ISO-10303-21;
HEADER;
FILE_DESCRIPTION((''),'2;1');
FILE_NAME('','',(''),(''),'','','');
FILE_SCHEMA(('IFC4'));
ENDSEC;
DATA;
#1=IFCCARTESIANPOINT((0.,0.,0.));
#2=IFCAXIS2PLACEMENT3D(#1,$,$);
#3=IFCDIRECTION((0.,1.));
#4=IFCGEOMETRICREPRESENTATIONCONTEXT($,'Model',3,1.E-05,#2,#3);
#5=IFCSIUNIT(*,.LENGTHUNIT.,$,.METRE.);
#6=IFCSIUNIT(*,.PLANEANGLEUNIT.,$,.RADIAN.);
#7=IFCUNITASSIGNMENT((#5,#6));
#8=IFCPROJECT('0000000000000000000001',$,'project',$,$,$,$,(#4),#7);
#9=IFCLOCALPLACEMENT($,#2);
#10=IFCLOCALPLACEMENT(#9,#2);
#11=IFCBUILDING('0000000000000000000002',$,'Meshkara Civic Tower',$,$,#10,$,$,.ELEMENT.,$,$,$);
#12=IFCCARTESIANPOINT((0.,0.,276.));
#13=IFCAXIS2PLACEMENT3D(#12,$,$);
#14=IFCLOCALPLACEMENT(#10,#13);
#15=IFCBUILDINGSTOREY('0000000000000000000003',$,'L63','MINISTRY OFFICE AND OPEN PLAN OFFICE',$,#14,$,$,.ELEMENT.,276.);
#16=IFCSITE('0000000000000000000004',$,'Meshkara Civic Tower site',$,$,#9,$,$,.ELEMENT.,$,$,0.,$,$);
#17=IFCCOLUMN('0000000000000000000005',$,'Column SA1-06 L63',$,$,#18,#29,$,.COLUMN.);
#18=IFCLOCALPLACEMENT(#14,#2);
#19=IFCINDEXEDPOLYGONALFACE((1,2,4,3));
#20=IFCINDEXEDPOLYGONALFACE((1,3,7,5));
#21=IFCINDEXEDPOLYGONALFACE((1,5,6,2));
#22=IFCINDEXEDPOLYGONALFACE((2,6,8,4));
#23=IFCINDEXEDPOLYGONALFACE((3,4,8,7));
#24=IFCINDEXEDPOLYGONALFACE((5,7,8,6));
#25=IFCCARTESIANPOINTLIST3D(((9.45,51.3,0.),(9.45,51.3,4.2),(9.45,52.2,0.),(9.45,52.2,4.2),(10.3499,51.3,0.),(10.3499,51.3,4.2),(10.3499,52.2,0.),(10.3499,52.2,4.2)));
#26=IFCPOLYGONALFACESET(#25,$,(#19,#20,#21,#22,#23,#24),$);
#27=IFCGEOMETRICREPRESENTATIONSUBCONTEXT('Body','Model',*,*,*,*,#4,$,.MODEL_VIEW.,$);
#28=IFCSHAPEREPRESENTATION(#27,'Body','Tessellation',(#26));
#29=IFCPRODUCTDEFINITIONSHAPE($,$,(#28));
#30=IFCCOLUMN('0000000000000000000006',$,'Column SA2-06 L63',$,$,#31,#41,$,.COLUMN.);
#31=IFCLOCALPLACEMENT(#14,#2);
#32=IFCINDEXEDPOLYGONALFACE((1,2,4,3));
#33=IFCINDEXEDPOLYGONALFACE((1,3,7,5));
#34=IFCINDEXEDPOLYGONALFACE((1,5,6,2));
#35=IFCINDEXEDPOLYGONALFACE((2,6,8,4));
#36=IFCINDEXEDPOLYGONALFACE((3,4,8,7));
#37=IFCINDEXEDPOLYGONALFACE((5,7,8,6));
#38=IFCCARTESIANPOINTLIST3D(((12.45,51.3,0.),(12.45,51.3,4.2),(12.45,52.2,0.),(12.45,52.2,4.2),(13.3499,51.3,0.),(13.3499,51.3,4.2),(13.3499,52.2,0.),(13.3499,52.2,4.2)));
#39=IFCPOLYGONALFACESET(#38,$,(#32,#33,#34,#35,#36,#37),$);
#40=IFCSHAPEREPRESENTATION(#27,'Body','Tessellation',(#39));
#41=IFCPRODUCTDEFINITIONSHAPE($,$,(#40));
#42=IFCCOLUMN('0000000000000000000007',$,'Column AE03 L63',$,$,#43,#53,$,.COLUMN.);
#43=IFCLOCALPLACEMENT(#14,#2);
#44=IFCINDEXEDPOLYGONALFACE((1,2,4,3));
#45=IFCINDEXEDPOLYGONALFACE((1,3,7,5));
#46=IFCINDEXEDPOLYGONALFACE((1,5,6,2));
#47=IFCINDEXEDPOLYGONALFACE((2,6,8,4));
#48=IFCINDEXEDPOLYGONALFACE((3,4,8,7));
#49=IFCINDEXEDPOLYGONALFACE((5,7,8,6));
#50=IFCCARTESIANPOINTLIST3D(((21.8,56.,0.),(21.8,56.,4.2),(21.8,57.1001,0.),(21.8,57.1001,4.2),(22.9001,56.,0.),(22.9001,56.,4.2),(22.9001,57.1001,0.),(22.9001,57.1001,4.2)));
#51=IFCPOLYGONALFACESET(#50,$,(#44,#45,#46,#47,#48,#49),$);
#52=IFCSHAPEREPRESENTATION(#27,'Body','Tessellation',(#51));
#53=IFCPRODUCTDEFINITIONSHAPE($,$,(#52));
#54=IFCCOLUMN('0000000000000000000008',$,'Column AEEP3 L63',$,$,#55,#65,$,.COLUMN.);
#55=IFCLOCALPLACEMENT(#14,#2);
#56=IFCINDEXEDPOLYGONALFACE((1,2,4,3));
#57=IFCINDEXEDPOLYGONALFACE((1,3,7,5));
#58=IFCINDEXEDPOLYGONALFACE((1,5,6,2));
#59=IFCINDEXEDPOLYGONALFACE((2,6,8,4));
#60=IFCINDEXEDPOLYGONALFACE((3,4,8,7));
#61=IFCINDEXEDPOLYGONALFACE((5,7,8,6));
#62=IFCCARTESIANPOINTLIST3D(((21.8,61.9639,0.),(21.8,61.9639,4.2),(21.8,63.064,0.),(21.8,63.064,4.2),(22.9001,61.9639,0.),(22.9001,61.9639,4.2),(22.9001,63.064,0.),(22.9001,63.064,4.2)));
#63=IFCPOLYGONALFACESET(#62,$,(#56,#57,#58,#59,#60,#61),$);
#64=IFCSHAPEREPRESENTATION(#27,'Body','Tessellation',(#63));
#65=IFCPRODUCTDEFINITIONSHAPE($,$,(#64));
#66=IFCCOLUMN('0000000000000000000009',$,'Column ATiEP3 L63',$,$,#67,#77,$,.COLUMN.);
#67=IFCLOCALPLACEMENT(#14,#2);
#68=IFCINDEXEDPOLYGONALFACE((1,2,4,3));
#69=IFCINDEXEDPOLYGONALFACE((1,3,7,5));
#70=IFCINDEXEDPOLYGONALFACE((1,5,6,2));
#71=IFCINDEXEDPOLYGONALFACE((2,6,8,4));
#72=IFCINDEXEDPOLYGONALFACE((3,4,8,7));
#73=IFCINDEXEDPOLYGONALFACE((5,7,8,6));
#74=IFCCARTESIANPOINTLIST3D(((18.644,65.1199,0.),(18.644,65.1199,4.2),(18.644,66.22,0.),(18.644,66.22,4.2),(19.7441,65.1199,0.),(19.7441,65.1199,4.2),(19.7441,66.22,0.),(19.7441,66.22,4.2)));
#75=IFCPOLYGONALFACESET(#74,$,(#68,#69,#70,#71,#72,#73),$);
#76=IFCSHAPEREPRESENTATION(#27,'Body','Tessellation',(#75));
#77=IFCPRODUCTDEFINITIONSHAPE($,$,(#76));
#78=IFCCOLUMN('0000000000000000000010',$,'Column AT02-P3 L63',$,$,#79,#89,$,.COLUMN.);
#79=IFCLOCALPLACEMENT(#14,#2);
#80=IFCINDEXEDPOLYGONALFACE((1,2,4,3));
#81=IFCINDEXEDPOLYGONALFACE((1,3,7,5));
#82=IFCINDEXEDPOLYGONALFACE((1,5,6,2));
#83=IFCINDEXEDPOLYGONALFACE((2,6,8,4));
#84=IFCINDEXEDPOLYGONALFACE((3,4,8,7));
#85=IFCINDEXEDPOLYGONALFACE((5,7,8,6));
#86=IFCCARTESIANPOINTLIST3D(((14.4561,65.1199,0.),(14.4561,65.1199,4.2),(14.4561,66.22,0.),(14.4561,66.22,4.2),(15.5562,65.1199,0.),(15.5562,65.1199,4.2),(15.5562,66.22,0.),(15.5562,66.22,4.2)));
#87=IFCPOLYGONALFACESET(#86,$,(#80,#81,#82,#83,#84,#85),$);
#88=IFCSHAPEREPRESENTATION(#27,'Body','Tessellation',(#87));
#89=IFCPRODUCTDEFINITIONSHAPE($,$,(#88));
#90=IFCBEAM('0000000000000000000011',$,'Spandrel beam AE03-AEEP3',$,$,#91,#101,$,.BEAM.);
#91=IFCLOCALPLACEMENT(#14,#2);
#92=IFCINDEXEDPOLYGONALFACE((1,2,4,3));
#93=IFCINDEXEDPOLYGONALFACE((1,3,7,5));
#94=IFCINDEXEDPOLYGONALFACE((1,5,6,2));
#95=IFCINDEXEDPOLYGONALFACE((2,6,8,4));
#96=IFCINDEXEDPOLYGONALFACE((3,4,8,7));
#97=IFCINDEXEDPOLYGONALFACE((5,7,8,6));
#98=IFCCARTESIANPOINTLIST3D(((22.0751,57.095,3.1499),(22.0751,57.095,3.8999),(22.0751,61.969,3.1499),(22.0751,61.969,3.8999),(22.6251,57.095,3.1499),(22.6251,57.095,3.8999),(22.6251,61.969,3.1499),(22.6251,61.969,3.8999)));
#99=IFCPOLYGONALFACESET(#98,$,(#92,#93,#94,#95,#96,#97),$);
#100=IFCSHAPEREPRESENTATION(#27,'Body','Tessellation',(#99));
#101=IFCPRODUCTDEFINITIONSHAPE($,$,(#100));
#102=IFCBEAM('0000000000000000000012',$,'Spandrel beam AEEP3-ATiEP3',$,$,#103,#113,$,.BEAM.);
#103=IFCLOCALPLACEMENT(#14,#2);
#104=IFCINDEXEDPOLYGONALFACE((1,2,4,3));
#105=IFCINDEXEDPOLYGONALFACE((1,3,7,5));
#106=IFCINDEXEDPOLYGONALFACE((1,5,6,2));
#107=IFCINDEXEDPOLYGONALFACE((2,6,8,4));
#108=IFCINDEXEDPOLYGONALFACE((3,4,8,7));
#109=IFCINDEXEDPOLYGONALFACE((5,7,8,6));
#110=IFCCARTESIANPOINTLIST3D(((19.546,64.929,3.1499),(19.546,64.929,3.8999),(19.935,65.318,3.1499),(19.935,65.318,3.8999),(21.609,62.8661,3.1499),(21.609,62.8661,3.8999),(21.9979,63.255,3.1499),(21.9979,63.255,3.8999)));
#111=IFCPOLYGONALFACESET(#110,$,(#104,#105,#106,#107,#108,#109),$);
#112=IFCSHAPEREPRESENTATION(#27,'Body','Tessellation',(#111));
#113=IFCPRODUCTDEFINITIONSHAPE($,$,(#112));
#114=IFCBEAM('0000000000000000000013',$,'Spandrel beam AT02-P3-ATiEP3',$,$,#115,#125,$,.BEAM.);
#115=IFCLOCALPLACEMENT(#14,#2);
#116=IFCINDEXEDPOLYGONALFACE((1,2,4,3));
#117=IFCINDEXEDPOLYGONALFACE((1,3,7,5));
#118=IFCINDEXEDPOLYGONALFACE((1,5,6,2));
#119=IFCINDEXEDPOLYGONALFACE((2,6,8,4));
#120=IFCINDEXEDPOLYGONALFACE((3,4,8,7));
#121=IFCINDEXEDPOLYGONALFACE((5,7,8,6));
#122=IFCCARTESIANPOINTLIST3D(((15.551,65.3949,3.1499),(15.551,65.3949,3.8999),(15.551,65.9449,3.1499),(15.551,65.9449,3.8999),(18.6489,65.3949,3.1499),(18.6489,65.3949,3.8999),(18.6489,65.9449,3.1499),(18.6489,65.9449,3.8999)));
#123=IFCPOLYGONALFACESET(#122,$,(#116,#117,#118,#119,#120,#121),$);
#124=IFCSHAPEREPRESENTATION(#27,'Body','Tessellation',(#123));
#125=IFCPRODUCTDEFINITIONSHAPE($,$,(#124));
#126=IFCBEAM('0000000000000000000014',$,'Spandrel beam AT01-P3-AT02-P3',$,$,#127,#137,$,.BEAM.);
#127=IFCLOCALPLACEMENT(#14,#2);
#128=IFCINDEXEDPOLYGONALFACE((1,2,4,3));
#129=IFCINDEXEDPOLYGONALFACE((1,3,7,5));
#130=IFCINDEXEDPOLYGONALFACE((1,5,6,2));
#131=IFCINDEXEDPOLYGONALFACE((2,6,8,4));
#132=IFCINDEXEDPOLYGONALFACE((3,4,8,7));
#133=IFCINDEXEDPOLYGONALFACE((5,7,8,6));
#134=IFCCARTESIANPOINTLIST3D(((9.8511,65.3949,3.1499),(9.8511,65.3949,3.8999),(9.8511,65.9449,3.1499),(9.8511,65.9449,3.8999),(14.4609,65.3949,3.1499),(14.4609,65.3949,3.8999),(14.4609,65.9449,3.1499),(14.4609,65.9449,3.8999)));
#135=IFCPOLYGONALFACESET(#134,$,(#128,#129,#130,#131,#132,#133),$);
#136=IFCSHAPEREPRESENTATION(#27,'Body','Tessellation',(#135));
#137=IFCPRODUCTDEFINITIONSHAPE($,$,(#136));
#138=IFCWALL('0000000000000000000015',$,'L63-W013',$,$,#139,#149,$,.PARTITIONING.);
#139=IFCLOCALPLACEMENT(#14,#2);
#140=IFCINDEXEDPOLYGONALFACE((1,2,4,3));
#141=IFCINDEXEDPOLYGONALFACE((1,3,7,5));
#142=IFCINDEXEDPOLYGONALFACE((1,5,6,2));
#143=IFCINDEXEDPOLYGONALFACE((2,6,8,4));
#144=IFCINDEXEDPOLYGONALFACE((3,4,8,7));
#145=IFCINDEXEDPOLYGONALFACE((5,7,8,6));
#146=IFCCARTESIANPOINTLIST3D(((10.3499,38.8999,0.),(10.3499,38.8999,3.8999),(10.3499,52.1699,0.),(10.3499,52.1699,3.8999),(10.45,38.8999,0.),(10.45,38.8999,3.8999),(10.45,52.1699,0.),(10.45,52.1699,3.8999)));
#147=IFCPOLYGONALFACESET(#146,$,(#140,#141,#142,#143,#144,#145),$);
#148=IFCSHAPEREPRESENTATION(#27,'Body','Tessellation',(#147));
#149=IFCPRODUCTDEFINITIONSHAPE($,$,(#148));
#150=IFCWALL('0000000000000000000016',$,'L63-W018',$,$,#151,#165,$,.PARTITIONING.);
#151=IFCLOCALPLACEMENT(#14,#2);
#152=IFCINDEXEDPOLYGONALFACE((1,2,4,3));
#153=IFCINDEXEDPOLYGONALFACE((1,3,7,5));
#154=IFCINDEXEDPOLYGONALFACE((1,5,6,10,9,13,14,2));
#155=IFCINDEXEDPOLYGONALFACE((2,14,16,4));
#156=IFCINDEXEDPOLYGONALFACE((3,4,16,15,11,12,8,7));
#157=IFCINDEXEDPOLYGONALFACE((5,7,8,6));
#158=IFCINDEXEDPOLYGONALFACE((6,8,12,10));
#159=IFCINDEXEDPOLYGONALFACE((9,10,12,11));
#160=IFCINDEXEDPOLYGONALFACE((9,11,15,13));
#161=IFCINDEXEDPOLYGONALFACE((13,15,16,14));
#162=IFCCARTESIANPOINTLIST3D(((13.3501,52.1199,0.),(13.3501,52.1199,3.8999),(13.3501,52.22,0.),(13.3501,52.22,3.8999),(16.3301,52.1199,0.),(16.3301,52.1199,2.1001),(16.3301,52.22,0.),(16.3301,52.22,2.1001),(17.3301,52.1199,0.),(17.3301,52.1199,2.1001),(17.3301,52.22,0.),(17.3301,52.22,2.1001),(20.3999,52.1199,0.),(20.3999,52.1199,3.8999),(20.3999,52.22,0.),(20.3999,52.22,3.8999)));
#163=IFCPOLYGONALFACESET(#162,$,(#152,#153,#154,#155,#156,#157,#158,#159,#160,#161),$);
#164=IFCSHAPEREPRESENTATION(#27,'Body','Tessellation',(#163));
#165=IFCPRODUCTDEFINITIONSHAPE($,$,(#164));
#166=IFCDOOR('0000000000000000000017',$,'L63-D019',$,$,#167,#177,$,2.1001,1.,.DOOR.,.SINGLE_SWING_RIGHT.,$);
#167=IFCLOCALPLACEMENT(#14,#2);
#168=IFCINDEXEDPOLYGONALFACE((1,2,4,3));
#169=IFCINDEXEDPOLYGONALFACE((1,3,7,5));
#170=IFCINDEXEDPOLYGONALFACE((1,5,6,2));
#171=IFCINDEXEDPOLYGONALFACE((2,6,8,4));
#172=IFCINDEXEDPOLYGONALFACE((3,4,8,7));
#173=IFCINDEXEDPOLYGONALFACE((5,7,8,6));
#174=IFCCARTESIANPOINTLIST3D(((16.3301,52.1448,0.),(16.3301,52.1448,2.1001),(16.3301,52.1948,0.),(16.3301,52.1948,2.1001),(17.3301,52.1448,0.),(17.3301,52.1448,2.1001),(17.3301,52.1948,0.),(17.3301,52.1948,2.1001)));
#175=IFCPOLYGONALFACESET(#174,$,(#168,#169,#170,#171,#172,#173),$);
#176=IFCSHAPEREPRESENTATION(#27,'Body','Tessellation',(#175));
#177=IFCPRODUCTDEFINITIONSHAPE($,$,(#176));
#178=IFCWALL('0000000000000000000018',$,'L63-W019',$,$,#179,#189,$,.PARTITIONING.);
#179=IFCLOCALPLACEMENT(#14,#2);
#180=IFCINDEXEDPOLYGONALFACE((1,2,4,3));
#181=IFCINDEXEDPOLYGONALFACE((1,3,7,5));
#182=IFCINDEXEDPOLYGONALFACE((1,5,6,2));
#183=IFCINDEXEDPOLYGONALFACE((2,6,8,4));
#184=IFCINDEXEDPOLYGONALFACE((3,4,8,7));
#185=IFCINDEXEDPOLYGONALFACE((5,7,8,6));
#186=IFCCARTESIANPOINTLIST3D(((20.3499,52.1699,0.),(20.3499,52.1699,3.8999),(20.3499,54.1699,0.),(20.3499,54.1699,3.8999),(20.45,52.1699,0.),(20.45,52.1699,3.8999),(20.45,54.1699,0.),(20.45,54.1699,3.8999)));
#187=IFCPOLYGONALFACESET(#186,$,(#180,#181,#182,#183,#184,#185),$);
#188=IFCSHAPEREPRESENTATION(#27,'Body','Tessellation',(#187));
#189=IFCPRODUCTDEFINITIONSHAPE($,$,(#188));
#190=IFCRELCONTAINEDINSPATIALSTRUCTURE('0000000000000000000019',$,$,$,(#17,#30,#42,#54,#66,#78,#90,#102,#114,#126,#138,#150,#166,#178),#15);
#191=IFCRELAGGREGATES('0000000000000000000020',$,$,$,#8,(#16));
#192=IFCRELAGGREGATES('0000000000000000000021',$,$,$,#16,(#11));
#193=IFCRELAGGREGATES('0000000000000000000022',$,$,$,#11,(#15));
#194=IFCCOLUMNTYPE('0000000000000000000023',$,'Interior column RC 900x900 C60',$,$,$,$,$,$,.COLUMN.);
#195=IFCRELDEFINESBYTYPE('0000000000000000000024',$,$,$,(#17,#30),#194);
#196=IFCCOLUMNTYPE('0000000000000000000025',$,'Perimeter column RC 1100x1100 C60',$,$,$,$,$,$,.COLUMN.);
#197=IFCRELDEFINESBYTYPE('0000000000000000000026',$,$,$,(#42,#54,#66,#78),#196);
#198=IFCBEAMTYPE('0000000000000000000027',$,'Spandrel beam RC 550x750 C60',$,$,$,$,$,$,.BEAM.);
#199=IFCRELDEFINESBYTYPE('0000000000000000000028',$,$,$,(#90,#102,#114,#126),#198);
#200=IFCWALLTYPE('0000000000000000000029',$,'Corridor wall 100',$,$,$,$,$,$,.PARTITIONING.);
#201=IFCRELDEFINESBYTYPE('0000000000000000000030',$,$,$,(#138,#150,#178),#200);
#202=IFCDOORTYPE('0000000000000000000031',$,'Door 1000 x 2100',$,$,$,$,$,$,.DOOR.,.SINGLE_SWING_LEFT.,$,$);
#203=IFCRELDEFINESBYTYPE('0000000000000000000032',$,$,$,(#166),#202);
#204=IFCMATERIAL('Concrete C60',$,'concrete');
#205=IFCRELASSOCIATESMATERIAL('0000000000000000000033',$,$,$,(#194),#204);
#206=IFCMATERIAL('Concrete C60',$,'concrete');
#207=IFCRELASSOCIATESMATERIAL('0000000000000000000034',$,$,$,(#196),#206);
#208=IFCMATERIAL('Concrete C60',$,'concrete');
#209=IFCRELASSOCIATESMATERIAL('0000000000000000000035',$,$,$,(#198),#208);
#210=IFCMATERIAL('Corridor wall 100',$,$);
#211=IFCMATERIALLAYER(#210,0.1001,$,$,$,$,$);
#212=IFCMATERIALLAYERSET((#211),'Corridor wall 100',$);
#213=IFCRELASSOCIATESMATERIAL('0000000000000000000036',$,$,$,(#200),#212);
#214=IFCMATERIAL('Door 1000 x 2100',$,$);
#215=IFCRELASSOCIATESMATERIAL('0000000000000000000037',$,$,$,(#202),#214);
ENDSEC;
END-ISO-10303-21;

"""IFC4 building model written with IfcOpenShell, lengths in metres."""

from ifc_helpers import new_model, si_unit, direction, frame, frame_2d, origin, origin_2d, place, context, subcontext, project, spatial, rectangle, extrude, material, layer, layer_set, material_profile, profile_set, type_object, element, fill, save


model = new_model("IFC4")

# Units and contexts
model_context = context("Model", 3, precision=1e-05, world=origin(), true_north=direction((0.0, 1.0)))
body_context = subcontext(model_context, "Body", "Model", "MODEL_VIEW")
ifc_project = project(units=[si_unit("LENGTHUNIT", "METRE"), si_unit("PLANEANGLEUNIT", "RADIAN")], contexts=[model_context])

# Site, building, storey
site_placement = place(None, origin())
site = spatial("IfcSite", under=ifc_project, at=site_placement, Name="Meshkara Civic Tower site", CompositionType="ELEMENT", RefElevation=0.0)
building_placement = place(site_placement, origin())
building = spatial("IfcBuilding", under=site, at=building_placement, Name="Meshkara Civic Tower", CompositionType="ELEMENT")
storey_placement = place(building_placement, frame((0.0, 0.0, 276.0)))
storey = spatial("IfcBuildingStorey", under=building, at=storey_placement, Name="L63", Description="MINISTRY OFFICE AND OPEN PLAN OFFICE", CompositionType="ELEMENT", Elevation=276.0)

# Columns
ifc_material_1 = material(Name="Concrete C60", Category="concrete")
ifc_material_profile_1 = material_profile(ifc_material_1, rectangle(XDim=0.8999, YDim=0.8999, at=origin_2d()))
ifc_profile_set_1 = profile_set([ifc_material_profile_1], Name="Concrete C60")
column_type_1 = type_object("IfcColumnType", Name="Interior column RC 900x900 C60", PredefinedType="COLUMN", material=ifc_profile_set_1)
for number, where, z_axis, x_axis, name in (
    (1, (9.8999, 51.75, 0.0), (0.0, 0.0, 1.0), (1.0, 0.0, 0.0), "Column SA1-06 L63"),
    (2, (12.8999, 51.75, 0.0), (0.0, 0.0, 1.0), (1.0, 0.0, 0.0), "Column SA2-06 L63"),
):
    element("IfcColumn", number, at=place(storey_placement, frame(where, z_axis=z_axis, x_axis=x_axis)), inside=storey, type_object=column_type_1, Name=name, PredefinedType="COLUMN", context=body_context, shape_type="SweptSolid", body=[
        extrude(rectangle(XDim=0.8999, YDim=0.8999, at=origin_2d()), origin(), (0.0, 0.0, 1.0), 4.2),
    ])
ifc_material_2 = material(Name="Concrete C60", Category="concrete")
ifc_material_profile_2 = material_profile(ifc_material_2, rectangle(XDim=1.1001, YDim=1.1001, at=origin_2d()))
ifc_profile_set_2 = profile_set([ifc_material_profile_2], Name="Concrete C60")
column_type_2 = type_object("IfcColumnType", Name="Perimeter column RC 1100x1100 C60", PredefinedType="COLUMN", material=ifc_profile_set_2)
for number, where, z_axis, x_axis, name in (
    (3, (22.3501, 56.55, 0.0), (0.0, 0.0, 1.0), (1.0, 0.0, 0.0), "Column AE03 L63"),
    (4, (22.3501, 62.5139, 0.0), (0.0, 0.0, 1.0), (1.0, 0.0, 0.0), "Column AEEP3 L63"),
    (5, (19.1941, 65.6699, 0.0), (0.0, 0.0, 1.0), (1.0, 0.0, 0.0), "Column ATiEP3 L63"),
    (6, (15.0061, 65.6699, 0.0), (0.0, 0.0, 1.0), (1.0, 0.0, 0.0), "Column AT02-P3 L63"),
):
    element("IfcColumn", number, at=place(storey_placement, frame(where, z_axis=z_axis, x_axis=x_axis)), inside=storey, type_object=column_type_2, Name=name, PredefinedType="COLUMN", context=body_context, shape_type="SweptSolid", body=[
        extrude(rectangle(XDim=1.1001, YDim=1.1001, at=origin_2d()), origin(), (0.0, 0.0, 1.0), 4.2),
    ])

# Beams
ifc_material_3 = material(Name="Concrete C60", Category="concrete")
ifc_material_profile_3 = material_profile(ifc_material_3, rectangle(XDim=0.55, YDim=0.75, at=origin_2d()))
ifc_profile_set_3 = profile_set([ifc_material_profile_3], Name="Concrete C60")
beam_type = type_object("IfcBeamType", Name="Spandrel beam RC 550x750 C60", PredefinedType="BEAM", material=ifc_profile_set_3)
beam_1_placement = place(storey_placement, frame((22.3501, 57.095, 3.5249), z_axis=(0.0, 1.0, 0.0), x_axis=(-1.0, 0.0, 0.0)))
element("IfcBeam", 7, at=beam_1_placement, inside=storey, type_object=beam_type, Name="Spandrel beam AE03-AEEP3", PredefinedType="BEAM", context=body_context, shape_type="SweptSolid", body=[
    extrude(rectangle(XDim=0.55, YDim=0.75, at=origin_2d()), origin(), (0.0, 0.0, 1.0), 4.874),
])
beam_2_placement = place(storey_placement, frame((21.8035, 63.0605, 3.5249), z_axis=(-0.707107, 0.707107, 0.0), x_axis=(-0.707107, -0.707107, 0.0)))
element("IfcBeam", 8, at=beam_2_placement, inside=storey, type_object=beam_type, Name="Spandrel beam AEEP3-ATiEP3", PredefinedType="BEAM", context=body_context, shape_type="SweptSolid", body=[
    extrude(rectangle(XDim=0.55, YDim=0.75, at=origin_2d()), origin(), (0.0, 0.0, 1.0), 2.9175),
])
beam_3_placement = place(storey_placement, frame((18.6489, 65.6699, 3.5249), z_axis=(-1.0, 0.0, 0.0), x_axis=(0.0, -1.0, 0.0)))
element("IfcBeam", 9, at=beam_3_placement, inside=storey, type_object=beam_type, Name="Spandrel beam AT02-P3-ATiEP3", PredefinedType="BEAM", context=body_context, shape_type="SweptSolid", body=[
    extrude(rectangle(XDim=0.55, YDim=0.75, at=origin_2d()), origin(), (0.0, 0.0, 1.0), 3.0979),
])
beam_4_placement = place(storey_placement, frame((14.4609, 65.6699, 3.5249), z_axis=(-1.0, 0.0, 0.0), x_axis=(0.0, -1.0, 0.0)))
element("IfcBeam", 10, at=beam_4_placement, inside=storey, type_object=beam_type, Name="Spandrel beam AT01-P3-AT02-P3", PredefinedType="BEAM", context=body_context, shape_type="SweptSolid", body=[
    extrude(rectangle(XDim=0.55, YDim=0.75, at=origin_2d()), origin(), (0.0, 0.0, 1.0), 4.6099),
])

# Wall
ifc_material_4 = material(Name="Corridor wall 100")
ifc_layer_1 = layer(ifc_material_4, 0.1001)
ifc_layer_set_1 = layer_set([ifc_layer_1], Name="Corridor wall 100")
wall_type_1 = type_object("IfcWallType", Name="Corridor wall 100", PredefinedType="PARTITIONING", material=ifc_layer_set_1)
wall_1_placement = place(storey_placement, frame((10.3999, 52.1699, 0.0), z_axis=(0.0, 0.0, 1.0), x_axis=(0.0, -1.0, 0.0)))
element("IfcWall", 11, at=wall_1_placement, inside=storey, type_object=wall_type_1, Name="L63-W013", PredefinedType="PARTITIONING", context=body_context, shape_type="SweptSolid", body=[
    extrude(rectangle(XDim=13.27, YDim=0.1001, at=frame_2d((6.635, 0.0))), origin(), (0.0, 0.0, 1.0), 3.8999),
])

# Wall, opening, door
wall_2_placement = place(storey_placement, frame((13.3501, 52.1699, 0.0), z_axis=(0.0, 0.0, 1.0), x_axis=(1.0, 0.0, 0.0)))
wall_2 = element("IfcWall", 12, at=wall_2_placement, inside=storey, type_object=wall_type_1, Name="L63-W018", PredefinedType="PARTITIONING", context=body_context, shape_type="SweptSolid", body=[
    extrude(rectangle(XDim=7.0498, YDim=0.1001, at=frame_2d((3.5249, 0.0))), origin(), (0.0, 0.0, 1.0), 3.8999),
])
opening_1_placement = place(wall_2_placement, frame((2.98, 0.0, 0.0)))
opening_1 = element("IfcOpeningElement", 13, at=opening_1_placement, cuts=wall_2, PredefinedType="OPENING", context=body_context, shape_type="SweptSolid", body=[
    extrude(rectangle(XDim=1.0, YDim=2.1001, at=frame_2d((0.5, 1.05))), frame((0.0, 0.0601, 0.0), z_axis=(0.0, -1.0, 0.0), x_axis=(1.0, 0.0, 0.0)), (0.0, 0.0, 1.0), 0.1201),
])
ifc_material_5 = material(Name="Door 1000 x 2100")
door_type_1 = type_object("IfcDoorType", Name="Door 1000 x 2100", OperationType="SINGLE_SWING_LEFT", PredefinedType="DOOR", material=ifc_material_5)
door_1_placement = place(opening_1_placement, origin())
door_1 = element("IfcDoor", 14, at=door_1_placement, inside=storey, type_object=door_type_1, Name="L63-D019", OperationType="SINGLE_SWING_RIGHT", OverallHeight=2.1001, OverallWidth=1.0, PredefinedType="DOOR", context=body_context, shape_type="SweptSolid", body=[
    extrude(rectangle(XDim=1.0, YDim=2.1001, at=frame_2d((0.5, 1.05))), frame((0.0, 0.0249, 0.0), z_axis=(0.0, -1.0, 0.0), x_axis=(1.0, 0.0, 0.0)), (0.0, 0.0, 1.0), 0.05),
])
fill(opening_1, door_1)

# Wall
wall_3_placement = place(storey_placement, frame((20.3999, 52.1699, 0.0), z_axis=(0.0, 0.0, 1.0), x_axis=(0.0, 1.0, 0.0)))
element("IfcWall", 15, at=wall_3_placement, inside=storey, type_object=wall_type_1, Name="L63-W019", PredefinedType="PARTITIONING", context=body_context, shape_type="SweptSolid", body=[
    extrude(rectangle(XDim=2.0, YDim=0.1001, at=frame_2d((1.0, 0.0))), origin(), (0.0, 0.0, 1.0), 3.8999),
])

save(model, "model.ifc")
